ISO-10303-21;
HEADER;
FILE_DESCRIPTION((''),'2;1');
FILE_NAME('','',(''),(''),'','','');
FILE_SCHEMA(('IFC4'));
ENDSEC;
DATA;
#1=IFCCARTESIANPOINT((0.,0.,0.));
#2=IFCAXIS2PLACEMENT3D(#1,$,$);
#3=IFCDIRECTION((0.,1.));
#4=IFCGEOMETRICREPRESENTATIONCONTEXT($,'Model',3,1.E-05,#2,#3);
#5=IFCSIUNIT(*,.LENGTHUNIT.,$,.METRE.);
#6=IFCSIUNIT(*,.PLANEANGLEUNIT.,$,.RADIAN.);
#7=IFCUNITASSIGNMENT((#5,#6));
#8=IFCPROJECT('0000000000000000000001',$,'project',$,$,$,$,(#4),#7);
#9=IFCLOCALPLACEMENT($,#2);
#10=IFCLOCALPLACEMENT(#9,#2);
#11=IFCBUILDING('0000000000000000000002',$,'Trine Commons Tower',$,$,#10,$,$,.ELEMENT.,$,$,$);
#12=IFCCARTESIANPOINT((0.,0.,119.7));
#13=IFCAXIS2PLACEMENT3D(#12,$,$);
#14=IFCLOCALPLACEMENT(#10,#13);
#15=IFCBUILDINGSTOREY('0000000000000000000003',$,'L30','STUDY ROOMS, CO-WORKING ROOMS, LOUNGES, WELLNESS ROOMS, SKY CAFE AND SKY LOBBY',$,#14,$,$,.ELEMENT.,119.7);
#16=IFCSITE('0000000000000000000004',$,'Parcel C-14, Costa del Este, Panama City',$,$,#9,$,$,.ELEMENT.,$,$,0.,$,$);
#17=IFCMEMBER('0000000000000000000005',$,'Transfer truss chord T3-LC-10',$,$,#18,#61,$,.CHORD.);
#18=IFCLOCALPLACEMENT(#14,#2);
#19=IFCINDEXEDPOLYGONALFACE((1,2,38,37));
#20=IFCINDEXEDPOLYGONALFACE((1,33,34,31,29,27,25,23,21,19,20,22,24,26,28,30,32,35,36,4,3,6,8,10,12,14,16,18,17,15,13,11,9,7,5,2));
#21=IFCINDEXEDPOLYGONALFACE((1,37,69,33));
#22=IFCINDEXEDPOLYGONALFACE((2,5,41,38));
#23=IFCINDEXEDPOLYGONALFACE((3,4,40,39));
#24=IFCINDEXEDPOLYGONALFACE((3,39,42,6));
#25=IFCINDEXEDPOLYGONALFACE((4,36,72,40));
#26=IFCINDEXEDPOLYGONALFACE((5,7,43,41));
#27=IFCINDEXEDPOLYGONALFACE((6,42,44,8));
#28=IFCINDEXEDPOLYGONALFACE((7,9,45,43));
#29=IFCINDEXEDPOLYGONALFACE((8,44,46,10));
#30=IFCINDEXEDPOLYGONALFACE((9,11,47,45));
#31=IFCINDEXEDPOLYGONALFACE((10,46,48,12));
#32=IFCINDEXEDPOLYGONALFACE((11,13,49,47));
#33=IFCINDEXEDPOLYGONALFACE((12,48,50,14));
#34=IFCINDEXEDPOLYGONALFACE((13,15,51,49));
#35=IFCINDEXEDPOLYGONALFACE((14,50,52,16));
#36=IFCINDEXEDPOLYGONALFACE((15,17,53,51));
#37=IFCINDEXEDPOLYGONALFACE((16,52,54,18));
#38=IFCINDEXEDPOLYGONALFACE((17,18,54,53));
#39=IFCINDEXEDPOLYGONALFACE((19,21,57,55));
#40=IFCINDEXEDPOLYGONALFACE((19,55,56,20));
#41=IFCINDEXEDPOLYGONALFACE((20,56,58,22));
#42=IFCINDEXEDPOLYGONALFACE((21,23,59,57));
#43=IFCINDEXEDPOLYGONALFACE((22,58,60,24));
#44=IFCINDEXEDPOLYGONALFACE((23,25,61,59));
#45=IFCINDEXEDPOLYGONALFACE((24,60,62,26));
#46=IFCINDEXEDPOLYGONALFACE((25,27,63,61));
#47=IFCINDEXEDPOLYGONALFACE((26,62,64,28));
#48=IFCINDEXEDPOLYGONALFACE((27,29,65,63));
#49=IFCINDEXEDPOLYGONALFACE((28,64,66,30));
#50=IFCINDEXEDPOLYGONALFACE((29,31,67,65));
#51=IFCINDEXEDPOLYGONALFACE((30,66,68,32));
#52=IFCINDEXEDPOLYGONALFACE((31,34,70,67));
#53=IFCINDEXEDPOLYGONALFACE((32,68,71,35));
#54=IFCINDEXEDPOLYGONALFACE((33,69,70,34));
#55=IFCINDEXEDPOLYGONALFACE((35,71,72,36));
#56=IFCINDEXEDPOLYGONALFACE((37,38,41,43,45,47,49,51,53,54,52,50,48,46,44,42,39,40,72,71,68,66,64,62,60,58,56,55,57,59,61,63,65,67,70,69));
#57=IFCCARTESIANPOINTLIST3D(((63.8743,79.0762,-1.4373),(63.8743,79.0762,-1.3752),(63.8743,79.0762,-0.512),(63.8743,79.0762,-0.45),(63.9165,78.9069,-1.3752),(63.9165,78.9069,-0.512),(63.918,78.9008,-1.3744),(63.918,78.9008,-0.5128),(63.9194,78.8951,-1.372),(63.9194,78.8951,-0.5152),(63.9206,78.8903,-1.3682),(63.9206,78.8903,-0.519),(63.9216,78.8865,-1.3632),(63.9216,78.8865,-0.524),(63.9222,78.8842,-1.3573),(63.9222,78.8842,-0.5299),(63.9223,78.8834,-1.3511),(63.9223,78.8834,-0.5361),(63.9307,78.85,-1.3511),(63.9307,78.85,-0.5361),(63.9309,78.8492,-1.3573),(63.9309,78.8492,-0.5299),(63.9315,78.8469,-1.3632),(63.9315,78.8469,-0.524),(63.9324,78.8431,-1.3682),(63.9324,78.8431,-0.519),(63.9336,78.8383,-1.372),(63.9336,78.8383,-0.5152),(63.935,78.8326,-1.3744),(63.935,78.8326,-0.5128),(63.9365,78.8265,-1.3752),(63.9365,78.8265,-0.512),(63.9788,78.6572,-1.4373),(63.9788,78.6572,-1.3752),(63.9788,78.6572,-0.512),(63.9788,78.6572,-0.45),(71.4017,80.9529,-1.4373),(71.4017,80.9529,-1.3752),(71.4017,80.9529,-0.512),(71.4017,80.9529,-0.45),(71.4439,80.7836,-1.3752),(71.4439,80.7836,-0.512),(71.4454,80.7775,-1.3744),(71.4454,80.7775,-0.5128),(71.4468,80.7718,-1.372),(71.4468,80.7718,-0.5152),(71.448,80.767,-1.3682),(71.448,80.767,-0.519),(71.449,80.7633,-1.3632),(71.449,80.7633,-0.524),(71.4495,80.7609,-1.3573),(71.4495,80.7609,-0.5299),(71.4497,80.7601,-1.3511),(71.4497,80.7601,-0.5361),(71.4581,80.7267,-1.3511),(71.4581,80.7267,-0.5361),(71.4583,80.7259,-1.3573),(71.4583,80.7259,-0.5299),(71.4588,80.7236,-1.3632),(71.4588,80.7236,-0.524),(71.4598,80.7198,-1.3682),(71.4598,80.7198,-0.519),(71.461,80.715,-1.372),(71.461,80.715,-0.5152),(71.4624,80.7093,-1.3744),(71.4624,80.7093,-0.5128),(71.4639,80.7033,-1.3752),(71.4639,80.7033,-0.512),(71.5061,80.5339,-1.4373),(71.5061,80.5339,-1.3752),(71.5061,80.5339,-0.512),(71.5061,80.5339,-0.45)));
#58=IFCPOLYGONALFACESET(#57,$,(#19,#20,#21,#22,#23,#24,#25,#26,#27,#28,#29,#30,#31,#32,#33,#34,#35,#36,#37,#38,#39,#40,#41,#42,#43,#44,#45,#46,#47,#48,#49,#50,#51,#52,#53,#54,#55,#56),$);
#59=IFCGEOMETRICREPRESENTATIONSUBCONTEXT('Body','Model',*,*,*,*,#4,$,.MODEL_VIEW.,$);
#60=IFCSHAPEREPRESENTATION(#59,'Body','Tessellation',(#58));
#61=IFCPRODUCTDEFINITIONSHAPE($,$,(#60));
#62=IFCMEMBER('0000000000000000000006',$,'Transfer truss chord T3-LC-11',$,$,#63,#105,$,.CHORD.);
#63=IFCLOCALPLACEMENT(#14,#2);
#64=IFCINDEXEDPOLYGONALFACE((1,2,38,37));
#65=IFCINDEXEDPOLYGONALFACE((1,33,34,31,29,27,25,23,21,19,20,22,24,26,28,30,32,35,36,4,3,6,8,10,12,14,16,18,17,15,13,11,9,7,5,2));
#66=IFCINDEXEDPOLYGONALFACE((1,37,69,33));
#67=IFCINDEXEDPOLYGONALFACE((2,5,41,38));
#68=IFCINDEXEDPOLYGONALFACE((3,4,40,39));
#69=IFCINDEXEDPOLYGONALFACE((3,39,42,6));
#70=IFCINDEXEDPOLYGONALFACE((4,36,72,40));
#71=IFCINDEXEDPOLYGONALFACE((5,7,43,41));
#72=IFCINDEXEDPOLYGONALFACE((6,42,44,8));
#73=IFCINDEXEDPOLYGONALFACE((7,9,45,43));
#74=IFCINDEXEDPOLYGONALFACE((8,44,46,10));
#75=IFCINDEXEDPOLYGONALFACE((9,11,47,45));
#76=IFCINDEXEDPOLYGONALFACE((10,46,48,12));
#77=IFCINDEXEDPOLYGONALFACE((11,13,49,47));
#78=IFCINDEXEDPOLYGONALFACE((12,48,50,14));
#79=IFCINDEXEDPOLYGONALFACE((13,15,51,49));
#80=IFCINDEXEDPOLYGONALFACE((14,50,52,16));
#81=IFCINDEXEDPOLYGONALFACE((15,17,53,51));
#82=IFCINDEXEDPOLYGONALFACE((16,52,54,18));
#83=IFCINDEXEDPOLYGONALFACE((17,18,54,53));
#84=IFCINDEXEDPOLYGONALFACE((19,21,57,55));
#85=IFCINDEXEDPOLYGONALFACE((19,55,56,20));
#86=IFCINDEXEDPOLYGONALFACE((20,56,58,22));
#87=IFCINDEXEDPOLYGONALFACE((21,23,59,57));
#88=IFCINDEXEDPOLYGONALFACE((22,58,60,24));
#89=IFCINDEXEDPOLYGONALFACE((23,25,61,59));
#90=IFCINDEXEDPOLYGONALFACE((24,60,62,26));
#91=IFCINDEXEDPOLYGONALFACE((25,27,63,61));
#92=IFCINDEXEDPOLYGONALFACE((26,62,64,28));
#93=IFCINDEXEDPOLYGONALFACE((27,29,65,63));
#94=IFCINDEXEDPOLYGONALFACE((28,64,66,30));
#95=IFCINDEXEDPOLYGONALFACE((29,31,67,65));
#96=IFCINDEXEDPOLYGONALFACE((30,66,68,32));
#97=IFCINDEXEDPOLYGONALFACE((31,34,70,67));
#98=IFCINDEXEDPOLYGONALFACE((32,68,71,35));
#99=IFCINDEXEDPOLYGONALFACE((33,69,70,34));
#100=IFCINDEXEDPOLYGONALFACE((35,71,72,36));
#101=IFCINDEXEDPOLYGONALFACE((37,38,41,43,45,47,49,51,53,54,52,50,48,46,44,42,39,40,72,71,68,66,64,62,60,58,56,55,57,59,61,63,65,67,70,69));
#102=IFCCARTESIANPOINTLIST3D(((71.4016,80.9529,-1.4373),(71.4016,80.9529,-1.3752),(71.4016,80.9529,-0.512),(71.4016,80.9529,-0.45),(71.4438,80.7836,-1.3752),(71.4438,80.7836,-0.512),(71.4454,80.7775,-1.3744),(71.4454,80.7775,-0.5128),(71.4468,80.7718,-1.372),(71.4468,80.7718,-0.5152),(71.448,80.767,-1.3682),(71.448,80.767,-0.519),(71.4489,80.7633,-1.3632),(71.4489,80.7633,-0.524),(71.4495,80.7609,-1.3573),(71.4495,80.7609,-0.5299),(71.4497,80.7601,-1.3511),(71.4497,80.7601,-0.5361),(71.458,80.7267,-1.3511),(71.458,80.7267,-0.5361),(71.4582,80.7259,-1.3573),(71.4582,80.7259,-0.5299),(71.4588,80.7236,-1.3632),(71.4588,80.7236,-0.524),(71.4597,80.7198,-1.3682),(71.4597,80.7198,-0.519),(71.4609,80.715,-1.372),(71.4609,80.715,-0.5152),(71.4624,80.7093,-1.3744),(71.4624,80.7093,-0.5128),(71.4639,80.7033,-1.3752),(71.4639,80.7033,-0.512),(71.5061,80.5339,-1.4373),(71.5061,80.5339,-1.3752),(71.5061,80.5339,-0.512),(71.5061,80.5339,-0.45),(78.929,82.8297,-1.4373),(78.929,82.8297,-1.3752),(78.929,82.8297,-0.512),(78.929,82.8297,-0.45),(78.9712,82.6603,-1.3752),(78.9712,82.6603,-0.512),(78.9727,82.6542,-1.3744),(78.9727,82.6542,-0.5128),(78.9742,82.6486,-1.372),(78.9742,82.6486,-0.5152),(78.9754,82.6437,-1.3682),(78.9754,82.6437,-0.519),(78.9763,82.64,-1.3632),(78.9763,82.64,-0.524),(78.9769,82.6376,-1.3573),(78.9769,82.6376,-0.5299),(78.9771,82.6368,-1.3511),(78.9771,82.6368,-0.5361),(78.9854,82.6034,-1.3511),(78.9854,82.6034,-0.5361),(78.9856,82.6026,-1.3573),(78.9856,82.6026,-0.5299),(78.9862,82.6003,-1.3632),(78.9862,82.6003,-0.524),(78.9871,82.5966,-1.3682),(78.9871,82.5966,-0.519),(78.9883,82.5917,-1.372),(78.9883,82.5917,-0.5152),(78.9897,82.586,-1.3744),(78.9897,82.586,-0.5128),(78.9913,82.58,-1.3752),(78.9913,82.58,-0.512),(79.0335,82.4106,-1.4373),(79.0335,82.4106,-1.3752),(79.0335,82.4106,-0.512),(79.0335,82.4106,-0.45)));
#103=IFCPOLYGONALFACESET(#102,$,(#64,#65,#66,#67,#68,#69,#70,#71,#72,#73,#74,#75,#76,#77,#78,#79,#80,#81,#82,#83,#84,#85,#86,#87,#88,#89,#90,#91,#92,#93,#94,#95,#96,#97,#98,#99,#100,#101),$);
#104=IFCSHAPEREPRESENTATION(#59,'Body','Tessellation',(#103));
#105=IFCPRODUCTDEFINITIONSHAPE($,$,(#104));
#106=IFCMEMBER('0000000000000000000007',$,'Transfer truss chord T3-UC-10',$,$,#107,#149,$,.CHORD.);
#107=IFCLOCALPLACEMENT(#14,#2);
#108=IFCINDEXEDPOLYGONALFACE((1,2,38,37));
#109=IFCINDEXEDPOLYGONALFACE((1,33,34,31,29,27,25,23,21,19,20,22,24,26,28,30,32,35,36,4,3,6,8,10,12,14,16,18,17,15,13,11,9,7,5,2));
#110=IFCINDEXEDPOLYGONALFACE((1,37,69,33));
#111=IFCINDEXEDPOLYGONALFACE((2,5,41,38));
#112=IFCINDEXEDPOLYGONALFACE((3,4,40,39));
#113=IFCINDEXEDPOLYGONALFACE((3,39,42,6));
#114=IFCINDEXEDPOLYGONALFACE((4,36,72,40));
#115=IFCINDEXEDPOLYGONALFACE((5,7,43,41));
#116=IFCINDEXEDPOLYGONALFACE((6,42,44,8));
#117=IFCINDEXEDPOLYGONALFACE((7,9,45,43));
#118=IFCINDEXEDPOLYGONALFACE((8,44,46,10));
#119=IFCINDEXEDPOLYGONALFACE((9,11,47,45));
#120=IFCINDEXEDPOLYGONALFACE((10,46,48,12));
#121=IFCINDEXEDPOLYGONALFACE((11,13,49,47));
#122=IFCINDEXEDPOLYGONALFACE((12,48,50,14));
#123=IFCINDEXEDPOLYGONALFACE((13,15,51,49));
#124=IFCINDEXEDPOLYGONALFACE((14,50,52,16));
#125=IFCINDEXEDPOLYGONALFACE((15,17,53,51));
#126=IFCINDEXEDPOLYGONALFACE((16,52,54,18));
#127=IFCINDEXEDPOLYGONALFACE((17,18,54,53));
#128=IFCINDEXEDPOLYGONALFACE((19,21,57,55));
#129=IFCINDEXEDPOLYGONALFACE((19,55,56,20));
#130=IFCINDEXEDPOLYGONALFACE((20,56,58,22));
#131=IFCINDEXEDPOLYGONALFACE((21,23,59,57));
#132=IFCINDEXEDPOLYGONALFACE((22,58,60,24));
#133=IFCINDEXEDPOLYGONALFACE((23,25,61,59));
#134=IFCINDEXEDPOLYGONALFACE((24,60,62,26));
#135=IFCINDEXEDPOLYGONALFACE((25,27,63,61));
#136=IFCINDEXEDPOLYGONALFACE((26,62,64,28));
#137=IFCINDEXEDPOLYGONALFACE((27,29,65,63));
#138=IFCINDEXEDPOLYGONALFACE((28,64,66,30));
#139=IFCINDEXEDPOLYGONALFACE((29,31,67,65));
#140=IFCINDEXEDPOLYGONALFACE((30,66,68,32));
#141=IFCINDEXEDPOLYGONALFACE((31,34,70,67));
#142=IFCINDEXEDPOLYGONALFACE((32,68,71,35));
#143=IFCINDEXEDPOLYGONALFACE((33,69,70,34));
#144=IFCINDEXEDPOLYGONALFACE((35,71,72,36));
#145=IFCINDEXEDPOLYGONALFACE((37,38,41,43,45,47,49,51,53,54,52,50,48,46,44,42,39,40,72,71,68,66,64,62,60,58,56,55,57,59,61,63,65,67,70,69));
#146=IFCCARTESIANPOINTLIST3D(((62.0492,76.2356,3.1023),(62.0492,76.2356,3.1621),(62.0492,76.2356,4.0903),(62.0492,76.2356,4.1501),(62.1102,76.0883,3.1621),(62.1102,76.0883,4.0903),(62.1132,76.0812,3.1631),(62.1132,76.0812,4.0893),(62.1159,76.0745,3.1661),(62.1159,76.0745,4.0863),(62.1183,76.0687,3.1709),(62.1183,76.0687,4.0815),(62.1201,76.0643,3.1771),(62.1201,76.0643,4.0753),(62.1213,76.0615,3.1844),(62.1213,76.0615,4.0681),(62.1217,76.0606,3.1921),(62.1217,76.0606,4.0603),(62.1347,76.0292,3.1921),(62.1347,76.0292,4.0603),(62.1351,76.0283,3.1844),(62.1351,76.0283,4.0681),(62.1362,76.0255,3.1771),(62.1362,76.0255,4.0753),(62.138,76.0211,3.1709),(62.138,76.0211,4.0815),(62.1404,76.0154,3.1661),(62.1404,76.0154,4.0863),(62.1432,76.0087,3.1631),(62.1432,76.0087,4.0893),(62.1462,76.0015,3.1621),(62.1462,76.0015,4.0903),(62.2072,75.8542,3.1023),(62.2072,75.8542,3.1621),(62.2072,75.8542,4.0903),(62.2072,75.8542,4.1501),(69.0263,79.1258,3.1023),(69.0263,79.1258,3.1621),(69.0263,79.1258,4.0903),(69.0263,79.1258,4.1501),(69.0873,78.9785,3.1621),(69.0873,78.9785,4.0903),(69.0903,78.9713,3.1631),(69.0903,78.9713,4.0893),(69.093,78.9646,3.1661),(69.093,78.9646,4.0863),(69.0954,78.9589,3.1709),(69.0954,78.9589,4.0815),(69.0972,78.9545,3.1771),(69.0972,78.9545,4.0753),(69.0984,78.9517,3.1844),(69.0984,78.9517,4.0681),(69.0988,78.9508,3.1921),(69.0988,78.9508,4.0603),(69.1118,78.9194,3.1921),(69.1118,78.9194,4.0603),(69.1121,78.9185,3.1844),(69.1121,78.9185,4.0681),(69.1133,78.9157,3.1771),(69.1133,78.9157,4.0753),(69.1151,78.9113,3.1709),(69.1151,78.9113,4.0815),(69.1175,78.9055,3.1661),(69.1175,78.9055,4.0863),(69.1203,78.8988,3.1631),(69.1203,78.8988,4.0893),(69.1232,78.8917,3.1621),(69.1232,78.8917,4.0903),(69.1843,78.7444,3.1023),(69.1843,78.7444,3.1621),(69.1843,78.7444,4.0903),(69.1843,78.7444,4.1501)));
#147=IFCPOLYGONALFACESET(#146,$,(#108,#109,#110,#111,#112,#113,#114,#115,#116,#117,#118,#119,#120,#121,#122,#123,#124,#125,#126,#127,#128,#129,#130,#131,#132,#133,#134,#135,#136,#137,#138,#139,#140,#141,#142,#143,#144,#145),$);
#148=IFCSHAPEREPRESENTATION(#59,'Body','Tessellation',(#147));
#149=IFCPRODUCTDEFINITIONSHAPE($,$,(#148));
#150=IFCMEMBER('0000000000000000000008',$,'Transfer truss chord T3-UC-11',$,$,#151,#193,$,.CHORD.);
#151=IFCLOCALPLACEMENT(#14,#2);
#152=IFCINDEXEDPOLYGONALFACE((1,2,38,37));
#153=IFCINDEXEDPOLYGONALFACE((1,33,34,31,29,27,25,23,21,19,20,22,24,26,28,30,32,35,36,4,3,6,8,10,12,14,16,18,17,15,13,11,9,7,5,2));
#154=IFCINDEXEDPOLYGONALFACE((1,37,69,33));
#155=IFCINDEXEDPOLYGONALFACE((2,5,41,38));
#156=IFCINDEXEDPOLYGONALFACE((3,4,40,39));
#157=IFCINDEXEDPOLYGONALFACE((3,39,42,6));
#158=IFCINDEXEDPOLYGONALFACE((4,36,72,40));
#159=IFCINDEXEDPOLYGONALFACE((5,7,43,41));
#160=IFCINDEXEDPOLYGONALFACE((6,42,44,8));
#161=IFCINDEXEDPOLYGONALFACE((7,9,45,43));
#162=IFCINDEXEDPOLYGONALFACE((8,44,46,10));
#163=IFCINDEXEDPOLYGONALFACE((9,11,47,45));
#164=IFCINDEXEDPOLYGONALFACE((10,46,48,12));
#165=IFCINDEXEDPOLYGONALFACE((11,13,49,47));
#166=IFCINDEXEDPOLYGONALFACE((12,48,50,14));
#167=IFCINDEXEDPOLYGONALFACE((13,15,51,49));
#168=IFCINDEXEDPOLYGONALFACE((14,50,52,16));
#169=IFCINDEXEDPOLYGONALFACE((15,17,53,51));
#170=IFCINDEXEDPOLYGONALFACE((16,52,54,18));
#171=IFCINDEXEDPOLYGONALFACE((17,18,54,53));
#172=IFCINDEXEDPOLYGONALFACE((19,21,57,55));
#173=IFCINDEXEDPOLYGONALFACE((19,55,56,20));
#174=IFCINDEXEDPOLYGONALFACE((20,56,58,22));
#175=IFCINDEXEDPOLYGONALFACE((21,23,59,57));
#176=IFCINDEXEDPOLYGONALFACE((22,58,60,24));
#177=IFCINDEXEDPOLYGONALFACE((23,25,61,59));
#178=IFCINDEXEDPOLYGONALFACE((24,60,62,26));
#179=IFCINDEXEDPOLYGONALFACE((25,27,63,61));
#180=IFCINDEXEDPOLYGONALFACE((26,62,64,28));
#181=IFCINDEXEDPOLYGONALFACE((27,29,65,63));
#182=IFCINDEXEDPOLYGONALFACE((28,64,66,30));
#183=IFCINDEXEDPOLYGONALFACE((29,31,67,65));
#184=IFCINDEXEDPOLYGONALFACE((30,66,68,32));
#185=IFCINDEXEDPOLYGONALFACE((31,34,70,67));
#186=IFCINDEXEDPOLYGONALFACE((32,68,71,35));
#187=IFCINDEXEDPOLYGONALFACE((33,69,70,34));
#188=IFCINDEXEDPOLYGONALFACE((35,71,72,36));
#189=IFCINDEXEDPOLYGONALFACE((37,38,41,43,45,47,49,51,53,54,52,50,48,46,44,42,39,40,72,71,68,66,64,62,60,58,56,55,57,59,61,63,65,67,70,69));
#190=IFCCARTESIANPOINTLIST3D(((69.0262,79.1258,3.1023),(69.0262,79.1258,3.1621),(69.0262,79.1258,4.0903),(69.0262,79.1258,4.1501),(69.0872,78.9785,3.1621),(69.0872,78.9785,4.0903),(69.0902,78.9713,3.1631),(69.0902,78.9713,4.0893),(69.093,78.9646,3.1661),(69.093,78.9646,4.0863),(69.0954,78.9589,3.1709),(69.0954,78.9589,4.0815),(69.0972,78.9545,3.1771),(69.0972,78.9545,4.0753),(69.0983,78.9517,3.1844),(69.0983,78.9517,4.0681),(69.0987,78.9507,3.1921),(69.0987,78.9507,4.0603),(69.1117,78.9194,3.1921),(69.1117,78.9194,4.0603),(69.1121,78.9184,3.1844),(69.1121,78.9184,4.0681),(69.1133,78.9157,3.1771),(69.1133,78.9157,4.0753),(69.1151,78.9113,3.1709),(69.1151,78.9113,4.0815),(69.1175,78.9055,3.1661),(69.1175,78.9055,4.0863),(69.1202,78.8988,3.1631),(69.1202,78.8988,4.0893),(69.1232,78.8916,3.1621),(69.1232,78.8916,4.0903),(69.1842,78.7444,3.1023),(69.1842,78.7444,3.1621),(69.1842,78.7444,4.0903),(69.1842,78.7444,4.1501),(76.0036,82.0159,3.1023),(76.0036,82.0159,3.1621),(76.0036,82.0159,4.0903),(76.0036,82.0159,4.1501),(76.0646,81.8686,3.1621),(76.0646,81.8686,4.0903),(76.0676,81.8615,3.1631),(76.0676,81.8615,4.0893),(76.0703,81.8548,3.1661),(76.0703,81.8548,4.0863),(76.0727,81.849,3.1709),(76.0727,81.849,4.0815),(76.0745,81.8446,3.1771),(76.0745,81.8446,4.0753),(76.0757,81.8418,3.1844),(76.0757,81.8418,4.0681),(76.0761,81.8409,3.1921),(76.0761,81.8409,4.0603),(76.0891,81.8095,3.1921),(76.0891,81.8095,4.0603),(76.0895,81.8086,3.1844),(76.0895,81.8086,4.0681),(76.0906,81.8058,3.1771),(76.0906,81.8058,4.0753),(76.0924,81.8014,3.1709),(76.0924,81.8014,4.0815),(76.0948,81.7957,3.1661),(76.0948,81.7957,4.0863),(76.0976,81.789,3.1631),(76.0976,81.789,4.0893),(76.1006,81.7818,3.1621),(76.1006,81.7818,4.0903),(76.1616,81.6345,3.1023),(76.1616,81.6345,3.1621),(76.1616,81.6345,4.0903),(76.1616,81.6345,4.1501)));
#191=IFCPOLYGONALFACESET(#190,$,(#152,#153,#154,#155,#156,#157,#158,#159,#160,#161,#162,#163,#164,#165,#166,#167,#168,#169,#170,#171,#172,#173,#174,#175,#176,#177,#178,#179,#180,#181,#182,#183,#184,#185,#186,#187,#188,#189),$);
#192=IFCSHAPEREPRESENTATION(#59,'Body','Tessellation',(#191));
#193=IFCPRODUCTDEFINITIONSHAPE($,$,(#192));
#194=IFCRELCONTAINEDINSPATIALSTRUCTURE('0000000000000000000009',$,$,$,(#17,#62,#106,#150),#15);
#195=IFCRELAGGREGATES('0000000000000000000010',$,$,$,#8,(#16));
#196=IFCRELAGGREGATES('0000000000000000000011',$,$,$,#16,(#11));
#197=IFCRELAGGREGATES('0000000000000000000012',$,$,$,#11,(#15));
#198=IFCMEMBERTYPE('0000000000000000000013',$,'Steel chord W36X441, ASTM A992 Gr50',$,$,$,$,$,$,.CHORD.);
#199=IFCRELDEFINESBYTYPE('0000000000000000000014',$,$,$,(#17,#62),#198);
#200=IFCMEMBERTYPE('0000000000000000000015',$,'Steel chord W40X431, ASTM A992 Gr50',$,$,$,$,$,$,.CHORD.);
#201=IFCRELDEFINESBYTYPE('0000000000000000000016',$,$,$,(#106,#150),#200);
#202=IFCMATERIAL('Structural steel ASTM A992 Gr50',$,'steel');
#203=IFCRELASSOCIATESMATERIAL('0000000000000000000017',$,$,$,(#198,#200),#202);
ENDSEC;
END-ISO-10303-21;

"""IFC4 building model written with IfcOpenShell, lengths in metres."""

from ifc_helpers import new_model, si_unit, direction, frame, origin, origin_2d, place, context, subcontext, project, spatial, i_section, extrude, material, material_profile, profile_set, type_object, element, save


model = new_model("IFC4")

# Units and contexts
model_context = context("Model", 3, precision=1e-05, world=origin(), true_north=direction((0.0, 1.0)))
body_context = subcontext(model_context, "Body", "Model", "MODEL_VIEW")
ifc_project = project(units=[si_unit("LENGTHUNIT", "METRE"), si_unit("PLANEANGLEUNIT", "RADIAN")], contexts=[model_context])

# Site, building, storey
site_placement = place(None, origin())
site = spatial("IfcSite", under=ifc_project, at=site_placement, Name="Parcel C-14, Costa del Este, Panama City", CompositionType="ELEMENT", RefElevation=0.0)
building_placement = place(site_placement, origin())
building = spatial("IfcBuilding", under=site, at=building_placement, Name="Trine Commons Tower", CompositionType="ELEMENT")
storey_placement = place(building_placement, frame((0.0, 0.0, 119.7)))
storey = spatial("IfcBuildingStorey", under=building, at=storey_placement, Name="L30", Description="STUDY ROOMS, CO-WORKING ROOMS, LOUNGES, WELLNESS ROOMS, SKY CAFE AND SKY LOBBY", CompositionType="ELEMENT", Elevation=119.7)

# Members
ifc_material_1 = material(Name="Structural steel ASTM A992 Gr50", Category="steel")
ifc_material_profile_1 = material_profile(ifc_material_1, i_section(OverallWidth=0.4319, OverallDepth=0.9873, WebThickness=0.0344, FlangeThickness=0.062, FilletRadius=0.0242, at=origin_2d()), Name="W36X441")
ifc_profile_set_1 = profile_set([ifc_material_profile_1], Name="Structural steel ASTM A992 Gr50")
member_type_1 = type_object("IfcMemberType", Name="Steel chord W36X441, ASTM A992 Gr50", PredefinedType="CHORD", material=ifc_profile_set_1)
for number, where, z_axis, x_axis, name in (
    (1, (63.9265, 78.8667, -0.9436), (0.970298, 0.241914, 0.0), (-0.241914, 0.970298, 0.0), "Transfer truss chord T3-LC-10"),
    (2, (71.4539, 80.7434, -0.9436), (0.970298, 0.241914, 0.0), (-0.241914, 0.970298, 0.0), "Transfer truss chord T3-LC-11"),
):
    element("IfcMember", number, at=place(storey_placement, frame(where, z_axis=z_axis, x_axis=x_axis)), inside=storey, type_object=member_type_1, Name=name, PredefinedType="CHORD", context=body_context, shape_type="SweptSolid", body=[
        extrude(i_section(OverallWidth=0.4319, OverallDepth=0.9873, WebThickness=0.0344, FlangeThickness=0.062, FilletRadius=0.0242, at=origin_2d()), origin(), (0.0, 0.0, 1.0), 7.7578),
    ])
ifc_material_profile_2 = material_profile(ifc_material_1, i_section(OverallWidth=0.4128, OverallDepth=1.0479, WebThickness=0.0339, FlangeThickness=0.0598, FilletRadius=0.03, at=origin_2d()), Name="W40X431")
ifc_profile_set_2 = profile_set([ifc_material_profile_2], Name="Structural steel ASTM A992 Gr50")
member_type_2 = type_object("IfcMemberType", Name="Steel chord W40X431, ASTM A992 Gr50", PredefinedType="CHORD", material=ifc_profile_set_2)
member_1_placement = place(storey_placement, frame((62.1282, 76.0449, 3.6262), z_axis=(0.923873, 0.3827, 0.0), x_axis=(-0.3827, 0.923873, 0.0)))
element("IfcMember", 3, at=member_1_placement, inside=storey, type_object=member_type_2, Name="Transfer truss chord T3-UC-10", PredefinedType="CHORD", context=body_context, shape_type="SweptSolid", body=[
    extrude(i_section(OverallWidth=0.4128, OverallDepth=1.0479, WebThickness=0.0339, FlangeThickness=0.0598, FilletRadius=0.03, at=origin_2d()), origin(), (0.0, 0.0, 1.0), 7.552),
])
member_2_placement = place(storey_placement, frame((69.1052, 78.9351, 3.6262), z_axis=(0.923877, 0.382689, 0.0), x_axis=(-0.382689, 0.923877, 0.0)))
element("IfcMember", 4, at=member_2_placement, inside=storey, type_object=member_type_2, Name="Transfer truss chord T3-UC-11", PredefinedType="CHORD", context=body_context, shape_type="SweptSolid", body=[
    extrude(i_section(OverallWidth=0.4128, OverallDepth=1.0479, WebThickness=0.0339, FlangeThickness=0.0598, FilletRadius=0.03, at=origin_2d()), origin(), (0.0, 0.0, 1.0), 7.5522),
])

save(model, "model.ifc")
